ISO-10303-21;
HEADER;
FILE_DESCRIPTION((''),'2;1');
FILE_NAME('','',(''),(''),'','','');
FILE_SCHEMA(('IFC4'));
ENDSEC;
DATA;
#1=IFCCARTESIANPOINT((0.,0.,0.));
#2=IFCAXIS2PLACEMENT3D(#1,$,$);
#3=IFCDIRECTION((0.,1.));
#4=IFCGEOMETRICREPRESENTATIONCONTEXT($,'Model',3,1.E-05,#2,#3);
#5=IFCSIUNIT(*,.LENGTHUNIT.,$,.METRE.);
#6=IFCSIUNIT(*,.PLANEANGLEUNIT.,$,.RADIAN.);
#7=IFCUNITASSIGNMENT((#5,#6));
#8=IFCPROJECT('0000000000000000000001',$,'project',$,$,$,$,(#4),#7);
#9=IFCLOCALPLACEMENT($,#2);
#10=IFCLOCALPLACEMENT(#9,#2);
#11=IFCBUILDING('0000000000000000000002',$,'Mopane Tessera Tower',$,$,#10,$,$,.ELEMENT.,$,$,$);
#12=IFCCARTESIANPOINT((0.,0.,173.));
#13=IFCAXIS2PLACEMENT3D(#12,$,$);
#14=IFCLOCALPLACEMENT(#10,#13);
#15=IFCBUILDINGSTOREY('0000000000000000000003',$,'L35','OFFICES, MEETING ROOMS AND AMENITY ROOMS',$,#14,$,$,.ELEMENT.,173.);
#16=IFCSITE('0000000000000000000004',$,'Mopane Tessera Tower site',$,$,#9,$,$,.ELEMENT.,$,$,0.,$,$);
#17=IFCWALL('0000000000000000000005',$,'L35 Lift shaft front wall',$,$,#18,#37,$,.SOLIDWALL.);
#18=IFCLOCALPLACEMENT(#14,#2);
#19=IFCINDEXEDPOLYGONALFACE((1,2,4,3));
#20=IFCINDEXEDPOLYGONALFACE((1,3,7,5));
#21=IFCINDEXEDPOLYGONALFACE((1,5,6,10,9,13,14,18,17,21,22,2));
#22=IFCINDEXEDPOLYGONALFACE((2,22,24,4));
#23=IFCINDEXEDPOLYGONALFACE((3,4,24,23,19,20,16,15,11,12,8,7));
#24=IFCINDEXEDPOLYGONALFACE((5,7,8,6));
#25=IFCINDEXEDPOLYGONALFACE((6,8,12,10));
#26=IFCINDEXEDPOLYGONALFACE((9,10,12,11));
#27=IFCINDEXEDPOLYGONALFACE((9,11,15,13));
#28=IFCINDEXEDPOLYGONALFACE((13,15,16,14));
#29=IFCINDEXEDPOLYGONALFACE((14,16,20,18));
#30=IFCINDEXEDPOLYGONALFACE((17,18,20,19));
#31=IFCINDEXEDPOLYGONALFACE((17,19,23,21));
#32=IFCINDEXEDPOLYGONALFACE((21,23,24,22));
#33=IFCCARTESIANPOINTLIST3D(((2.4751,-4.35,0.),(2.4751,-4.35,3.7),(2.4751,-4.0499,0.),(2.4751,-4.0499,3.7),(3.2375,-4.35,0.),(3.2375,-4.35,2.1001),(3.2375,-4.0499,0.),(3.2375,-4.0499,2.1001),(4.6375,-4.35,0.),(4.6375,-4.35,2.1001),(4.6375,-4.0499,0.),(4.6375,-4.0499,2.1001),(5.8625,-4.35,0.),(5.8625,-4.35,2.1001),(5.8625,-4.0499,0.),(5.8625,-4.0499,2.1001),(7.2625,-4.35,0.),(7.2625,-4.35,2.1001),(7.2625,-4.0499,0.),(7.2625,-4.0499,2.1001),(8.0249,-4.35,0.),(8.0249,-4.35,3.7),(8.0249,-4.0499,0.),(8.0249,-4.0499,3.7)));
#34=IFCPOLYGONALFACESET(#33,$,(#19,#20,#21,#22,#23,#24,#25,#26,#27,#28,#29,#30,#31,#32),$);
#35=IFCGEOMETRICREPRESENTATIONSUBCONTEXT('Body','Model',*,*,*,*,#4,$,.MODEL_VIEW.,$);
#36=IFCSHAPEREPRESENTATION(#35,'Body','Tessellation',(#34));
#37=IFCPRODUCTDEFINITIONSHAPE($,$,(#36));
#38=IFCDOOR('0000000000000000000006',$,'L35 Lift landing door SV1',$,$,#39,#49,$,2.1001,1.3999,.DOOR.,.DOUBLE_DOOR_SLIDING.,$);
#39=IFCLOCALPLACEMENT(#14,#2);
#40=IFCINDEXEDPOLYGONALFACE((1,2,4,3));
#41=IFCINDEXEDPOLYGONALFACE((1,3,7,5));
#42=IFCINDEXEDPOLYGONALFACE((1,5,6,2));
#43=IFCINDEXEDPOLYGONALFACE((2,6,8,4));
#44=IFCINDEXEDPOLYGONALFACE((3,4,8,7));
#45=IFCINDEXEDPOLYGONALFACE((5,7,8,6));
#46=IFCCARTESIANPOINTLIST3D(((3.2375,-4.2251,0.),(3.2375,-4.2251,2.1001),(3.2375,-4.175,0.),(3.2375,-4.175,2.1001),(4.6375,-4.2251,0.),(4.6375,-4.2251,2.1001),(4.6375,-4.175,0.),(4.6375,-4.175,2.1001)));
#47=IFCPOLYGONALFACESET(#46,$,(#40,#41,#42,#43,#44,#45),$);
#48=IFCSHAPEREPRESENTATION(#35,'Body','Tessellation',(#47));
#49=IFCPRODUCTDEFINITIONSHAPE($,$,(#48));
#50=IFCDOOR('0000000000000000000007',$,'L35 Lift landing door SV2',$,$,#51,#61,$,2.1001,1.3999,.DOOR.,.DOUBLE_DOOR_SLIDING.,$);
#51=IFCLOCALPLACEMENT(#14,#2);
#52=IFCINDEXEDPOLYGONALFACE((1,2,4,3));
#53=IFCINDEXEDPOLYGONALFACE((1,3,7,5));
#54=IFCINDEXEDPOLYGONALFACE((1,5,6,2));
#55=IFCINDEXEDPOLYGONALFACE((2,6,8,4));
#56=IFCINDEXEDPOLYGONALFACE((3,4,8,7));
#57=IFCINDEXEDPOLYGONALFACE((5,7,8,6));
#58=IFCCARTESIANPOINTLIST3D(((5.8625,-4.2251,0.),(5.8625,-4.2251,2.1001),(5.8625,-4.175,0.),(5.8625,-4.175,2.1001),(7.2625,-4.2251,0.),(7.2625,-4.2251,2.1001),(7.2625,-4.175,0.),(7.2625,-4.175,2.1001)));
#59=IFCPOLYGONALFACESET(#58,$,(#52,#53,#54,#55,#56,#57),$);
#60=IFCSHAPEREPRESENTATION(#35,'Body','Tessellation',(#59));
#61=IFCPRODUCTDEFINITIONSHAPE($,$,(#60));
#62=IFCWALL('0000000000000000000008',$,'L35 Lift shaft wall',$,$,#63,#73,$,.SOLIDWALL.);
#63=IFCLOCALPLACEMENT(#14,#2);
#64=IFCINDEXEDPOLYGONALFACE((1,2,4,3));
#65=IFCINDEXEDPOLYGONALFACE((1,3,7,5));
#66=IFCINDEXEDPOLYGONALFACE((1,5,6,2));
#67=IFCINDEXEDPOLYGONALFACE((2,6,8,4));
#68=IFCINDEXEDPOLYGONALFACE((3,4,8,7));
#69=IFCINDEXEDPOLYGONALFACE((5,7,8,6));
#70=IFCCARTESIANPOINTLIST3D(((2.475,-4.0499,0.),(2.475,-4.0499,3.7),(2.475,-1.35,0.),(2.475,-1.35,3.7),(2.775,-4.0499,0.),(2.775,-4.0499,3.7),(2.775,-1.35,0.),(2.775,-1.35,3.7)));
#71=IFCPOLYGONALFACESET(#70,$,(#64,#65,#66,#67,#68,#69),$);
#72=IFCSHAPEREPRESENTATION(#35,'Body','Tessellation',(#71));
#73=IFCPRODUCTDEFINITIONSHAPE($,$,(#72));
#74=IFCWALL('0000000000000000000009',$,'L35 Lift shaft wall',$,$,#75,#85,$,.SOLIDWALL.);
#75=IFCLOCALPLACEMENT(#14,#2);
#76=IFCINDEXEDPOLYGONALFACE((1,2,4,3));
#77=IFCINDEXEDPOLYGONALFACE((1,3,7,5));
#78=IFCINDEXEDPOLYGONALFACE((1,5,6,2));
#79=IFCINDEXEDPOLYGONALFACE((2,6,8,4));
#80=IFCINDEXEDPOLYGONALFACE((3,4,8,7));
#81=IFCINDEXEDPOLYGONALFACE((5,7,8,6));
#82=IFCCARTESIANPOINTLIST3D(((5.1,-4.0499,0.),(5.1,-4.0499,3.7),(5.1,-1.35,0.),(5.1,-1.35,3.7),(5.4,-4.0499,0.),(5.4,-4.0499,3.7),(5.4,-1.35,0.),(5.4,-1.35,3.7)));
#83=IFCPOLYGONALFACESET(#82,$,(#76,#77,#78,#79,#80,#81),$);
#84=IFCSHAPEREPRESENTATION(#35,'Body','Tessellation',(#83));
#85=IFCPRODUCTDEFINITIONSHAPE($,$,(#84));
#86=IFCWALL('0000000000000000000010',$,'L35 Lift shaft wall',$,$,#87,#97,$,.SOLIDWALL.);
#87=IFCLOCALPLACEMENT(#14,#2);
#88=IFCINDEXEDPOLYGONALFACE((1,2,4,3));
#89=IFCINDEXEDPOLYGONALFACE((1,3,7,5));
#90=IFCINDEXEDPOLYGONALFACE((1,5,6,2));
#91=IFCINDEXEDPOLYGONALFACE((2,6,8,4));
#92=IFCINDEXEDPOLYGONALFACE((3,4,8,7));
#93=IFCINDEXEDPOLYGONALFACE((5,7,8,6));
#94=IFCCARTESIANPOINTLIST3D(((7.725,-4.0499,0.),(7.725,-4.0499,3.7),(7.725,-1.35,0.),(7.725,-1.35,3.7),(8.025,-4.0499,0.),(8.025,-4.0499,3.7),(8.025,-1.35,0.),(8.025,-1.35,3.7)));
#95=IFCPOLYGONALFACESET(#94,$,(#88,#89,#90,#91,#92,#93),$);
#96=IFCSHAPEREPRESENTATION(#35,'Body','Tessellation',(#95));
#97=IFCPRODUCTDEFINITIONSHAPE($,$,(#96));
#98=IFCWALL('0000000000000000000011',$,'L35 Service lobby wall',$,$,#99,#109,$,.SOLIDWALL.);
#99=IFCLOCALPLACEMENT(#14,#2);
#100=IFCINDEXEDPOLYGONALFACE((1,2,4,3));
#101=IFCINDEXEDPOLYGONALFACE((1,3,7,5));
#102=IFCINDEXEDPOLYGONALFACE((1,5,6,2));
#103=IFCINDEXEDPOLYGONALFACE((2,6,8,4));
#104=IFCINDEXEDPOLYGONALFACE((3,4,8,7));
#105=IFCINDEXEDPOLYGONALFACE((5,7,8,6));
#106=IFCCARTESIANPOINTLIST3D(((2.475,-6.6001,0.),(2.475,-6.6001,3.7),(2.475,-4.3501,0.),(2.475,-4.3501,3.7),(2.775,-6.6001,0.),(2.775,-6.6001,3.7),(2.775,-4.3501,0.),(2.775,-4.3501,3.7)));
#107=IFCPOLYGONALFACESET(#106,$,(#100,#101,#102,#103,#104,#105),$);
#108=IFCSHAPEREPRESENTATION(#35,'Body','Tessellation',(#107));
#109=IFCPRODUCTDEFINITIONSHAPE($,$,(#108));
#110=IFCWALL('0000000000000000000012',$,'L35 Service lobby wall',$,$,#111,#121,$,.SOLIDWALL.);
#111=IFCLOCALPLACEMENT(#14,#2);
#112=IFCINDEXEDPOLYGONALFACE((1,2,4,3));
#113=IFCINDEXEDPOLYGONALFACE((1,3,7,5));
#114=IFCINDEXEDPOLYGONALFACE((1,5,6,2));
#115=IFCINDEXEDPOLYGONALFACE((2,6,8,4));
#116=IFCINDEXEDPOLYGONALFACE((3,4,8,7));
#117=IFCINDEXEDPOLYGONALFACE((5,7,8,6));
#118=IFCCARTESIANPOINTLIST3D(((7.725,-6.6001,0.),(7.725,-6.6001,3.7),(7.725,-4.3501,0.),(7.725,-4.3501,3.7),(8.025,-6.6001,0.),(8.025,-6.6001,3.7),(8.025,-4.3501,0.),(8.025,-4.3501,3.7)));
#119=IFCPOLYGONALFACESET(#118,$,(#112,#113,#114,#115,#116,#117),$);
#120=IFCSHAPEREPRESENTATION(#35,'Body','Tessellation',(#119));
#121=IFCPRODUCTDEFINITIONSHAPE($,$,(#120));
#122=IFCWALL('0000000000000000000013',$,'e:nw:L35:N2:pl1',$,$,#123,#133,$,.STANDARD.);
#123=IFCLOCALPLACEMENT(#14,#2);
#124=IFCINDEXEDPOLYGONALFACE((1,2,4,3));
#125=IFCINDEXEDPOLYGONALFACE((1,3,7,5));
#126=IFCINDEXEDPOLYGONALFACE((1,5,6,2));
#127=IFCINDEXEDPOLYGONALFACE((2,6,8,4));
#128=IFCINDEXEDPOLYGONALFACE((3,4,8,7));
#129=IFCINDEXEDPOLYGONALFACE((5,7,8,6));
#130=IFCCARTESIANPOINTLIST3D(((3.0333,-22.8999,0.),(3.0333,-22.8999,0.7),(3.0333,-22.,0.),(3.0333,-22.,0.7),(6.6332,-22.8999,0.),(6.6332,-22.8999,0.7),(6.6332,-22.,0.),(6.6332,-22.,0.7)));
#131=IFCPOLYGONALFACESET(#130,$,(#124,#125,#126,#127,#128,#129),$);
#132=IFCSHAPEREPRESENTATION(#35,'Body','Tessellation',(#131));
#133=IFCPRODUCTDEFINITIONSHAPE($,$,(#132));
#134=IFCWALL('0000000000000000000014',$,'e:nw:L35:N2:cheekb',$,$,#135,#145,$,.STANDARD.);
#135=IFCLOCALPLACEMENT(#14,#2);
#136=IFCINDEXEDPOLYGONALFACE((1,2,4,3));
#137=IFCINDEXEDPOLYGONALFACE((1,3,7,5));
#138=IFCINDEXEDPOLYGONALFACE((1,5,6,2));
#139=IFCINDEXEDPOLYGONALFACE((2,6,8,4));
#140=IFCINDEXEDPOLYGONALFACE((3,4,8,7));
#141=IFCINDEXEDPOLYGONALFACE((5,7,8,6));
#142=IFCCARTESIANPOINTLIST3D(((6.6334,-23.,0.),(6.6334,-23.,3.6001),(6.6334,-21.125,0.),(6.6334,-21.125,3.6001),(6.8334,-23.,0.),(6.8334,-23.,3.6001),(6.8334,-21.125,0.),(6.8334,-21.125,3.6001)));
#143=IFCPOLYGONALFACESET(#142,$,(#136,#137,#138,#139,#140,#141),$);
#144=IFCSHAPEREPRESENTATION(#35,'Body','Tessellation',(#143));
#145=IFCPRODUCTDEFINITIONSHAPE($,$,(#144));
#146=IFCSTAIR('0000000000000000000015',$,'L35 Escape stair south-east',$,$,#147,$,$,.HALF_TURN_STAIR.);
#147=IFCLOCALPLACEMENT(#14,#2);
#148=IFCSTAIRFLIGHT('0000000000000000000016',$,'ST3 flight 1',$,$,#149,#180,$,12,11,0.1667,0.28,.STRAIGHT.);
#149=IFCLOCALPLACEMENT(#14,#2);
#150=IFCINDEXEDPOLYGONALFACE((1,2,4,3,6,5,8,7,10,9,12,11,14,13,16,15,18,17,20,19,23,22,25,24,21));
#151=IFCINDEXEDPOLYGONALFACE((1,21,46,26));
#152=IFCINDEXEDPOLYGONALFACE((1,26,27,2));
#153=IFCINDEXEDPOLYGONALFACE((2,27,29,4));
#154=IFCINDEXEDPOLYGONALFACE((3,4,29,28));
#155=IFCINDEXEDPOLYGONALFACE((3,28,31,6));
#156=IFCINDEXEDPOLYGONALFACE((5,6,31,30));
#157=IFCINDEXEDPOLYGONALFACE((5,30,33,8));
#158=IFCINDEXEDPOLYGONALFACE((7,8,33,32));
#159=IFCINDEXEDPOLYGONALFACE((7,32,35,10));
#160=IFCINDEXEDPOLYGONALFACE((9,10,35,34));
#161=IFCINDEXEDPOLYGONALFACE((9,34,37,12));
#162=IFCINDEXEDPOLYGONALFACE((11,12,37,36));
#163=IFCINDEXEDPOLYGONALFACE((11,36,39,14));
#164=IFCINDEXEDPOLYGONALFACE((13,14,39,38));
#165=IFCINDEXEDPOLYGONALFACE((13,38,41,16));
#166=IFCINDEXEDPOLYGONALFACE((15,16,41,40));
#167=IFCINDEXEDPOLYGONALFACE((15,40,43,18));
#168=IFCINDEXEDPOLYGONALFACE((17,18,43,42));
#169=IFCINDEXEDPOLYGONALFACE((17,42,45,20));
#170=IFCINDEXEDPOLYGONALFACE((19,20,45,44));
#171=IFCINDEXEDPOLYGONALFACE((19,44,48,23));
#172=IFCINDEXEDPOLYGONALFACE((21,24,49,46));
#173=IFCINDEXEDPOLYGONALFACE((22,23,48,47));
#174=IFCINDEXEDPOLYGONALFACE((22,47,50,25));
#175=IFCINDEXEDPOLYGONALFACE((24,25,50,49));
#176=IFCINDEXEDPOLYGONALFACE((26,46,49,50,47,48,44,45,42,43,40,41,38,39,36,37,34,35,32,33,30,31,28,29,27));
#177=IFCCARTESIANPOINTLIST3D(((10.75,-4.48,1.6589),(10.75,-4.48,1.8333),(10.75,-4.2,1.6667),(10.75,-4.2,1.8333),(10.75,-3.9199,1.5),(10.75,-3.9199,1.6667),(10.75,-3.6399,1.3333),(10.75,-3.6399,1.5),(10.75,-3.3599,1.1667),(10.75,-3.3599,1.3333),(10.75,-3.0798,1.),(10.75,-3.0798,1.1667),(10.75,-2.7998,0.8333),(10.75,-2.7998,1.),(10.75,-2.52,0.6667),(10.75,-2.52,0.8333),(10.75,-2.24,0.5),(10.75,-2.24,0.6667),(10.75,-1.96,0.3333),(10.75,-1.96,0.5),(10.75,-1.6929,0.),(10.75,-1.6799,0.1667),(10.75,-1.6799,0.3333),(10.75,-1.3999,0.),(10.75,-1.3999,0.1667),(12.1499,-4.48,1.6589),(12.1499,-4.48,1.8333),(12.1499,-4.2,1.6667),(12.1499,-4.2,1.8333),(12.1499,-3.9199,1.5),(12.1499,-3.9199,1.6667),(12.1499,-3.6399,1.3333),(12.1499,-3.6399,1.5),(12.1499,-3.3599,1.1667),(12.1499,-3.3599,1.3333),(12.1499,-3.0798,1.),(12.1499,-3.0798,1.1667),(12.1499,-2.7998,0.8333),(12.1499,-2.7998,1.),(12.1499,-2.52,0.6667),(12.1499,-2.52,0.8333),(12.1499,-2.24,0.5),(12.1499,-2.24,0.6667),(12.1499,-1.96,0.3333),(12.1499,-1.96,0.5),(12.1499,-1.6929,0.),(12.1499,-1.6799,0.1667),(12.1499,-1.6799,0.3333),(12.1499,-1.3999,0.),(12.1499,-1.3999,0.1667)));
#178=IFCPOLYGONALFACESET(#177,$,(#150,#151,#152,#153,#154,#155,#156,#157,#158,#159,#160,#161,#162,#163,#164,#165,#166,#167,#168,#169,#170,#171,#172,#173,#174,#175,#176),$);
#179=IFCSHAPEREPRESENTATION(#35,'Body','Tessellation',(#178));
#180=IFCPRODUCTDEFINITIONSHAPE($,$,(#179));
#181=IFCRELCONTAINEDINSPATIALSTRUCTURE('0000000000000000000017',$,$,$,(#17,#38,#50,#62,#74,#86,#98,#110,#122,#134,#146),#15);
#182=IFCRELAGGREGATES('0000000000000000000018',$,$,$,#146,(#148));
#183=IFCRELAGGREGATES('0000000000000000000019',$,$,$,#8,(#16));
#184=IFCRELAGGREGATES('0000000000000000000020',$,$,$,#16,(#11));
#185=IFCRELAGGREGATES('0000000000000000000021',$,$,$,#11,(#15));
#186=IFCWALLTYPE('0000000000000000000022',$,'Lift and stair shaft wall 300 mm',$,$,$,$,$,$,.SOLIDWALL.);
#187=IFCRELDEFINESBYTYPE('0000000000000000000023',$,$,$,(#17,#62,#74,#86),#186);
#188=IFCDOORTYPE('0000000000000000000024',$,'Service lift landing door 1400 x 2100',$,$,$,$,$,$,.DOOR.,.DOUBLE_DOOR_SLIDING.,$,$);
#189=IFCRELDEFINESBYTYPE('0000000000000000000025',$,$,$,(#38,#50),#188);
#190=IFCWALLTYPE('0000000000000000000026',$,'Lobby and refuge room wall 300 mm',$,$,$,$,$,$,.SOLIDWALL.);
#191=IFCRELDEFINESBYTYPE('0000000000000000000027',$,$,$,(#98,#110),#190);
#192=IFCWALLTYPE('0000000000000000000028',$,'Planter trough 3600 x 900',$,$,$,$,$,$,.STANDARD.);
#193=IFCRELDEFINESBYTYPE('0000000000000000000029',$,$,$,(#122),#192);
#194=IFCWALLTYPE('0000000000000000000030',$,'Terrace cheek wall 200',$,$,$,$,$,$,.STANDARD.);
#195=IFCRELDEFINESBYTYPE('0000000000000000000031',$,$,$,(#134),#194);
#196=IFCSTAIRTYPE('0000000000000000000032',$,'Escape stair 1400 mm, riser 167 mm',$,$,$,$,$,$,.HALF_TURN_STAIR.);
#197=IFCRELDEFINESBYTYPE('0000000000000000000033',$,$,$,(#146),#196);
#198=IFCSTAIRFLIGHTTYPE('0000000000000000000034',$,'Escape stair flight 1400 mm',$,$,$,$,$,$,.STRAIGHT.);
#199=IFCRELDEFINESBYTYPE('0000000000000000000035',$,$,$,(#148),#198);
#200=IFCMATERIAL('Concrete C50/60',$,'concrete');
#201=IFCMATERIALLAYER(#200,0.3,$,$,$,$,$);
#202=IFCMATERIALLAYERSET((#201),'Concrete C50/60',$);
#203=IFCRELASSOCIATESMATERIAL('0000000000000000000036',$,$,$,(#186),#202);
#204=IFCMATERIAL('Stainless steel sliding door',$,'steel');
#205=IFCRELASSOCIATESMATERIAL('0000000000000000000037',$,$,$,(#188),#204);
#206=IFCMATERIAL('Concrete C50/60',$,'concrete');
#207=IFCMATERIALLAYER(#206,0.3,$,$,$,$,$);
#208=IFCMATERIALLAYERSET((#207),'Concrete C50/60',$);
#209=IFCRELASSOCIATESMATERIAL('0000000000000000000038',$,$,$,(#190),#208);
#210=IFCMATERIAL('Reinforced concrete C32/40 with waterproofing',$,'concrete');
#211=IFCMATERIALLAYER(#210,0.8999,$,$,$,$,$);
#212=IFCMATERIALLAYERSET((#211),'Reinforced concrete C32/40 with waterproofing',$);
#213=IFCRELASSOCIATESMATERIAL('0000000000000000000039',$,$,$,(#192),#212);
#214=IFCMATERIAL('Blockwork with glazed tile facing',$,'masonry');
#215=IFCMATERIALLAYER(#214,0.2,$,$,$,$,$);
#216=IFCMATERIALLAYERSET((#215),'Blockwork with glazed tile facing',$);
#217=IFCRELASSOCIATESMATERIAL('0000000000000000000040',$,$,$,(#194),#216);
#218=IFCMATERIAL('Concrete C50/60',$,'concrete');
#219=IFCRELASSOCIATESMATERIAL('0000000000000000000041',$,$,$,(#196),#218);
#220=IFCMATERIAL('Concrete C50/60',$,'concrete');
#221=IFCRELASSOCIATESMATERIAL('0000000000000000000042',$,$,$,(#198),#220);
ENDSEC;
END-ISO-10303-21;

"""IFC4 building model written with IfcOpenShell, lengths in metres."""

from ifc_helpers import new_model, si_unit, direction, frame, frame_2d, origin, place, context, subcontext, project, spatial, polyline, rectangle, outline, extrude, material, layer, layer_set, type_object, element, fill, aggregate, save


model = new_model("IFC4")

# Units and contexts
model_context = context("Model", 3, precision=1e-05, world=origin(), true_north=direction((0.0, 1.0)))
body_context = subcontext(model_context, "Body", "Model", "MODEL_VIEW")
ifc_project = project(units=[si_unit("LENGTHUNIT", "METRE"), si_unit("PLANEANGLEUNIT", "RADIAN")], contexts=[model_context])

# Site, building, storey
site_placement = place(None, origin())
site = spatial("IfcSite", under=ifc_project, at=site_placement, Name="Mopane Tessera Tower site", CompositionType="ELEMENT", RefElevation=0.0)
building_placement = place(site_placement, origin())
building = spatial("IfcBuilding", under=site, at=building_placement, Name="Mopane Tessera Tower", CompositionType="ELEMENT")
storey_placement = place(building_placement, frame((0.0, 0.0, 173.0)))
storey = spatial("IfcBuildingStorey", under=building, at=storey_placement, Name="L35", Description="OFFICES, MEETING ROOMS AND AMENITY ROOMS", CompositionType="ELEMENT", Elevation=173.0)

# Shared definitions
ifc_material_1 = material(Name="Concrete C50/60", Category="concrete")
ifc_layer_1 = layer(ifc_material_1, 0.3)
ifc_layer_set_1 = layer_set([ifc_layer_1], Name="Concrete C50/60")
wall_type_1 = type_object("IfcWallType", Name="Lift and stair shaft wall 300 mm", PredefinedType="SOLIDWALL", material=ifc_layer_set_1)

# Wall, openings, doors
wall_1_placement = place(storey_placement, frame((2.4751, -4.2, 0.0), z_axis=(0.0, 0.0, 1.0), x_axis=(1.0, 0.0, 0.0)))
wall_1 = element("IfcWall", 1, at=wall_1_placement, inside=storey, type_object=wall_type_1, Name="L35 Lift shaft front wall", PredefinedType="SOLIDWALL", context=body_context, shape_type="SweptSolid", body=[
    extrude(rectangle(XDim=5.5498, YDim=0.3, at=frame_2d((2.7749, 0.0))), origin(), (0.0, 0.0, 1.0), 3.7),
])
opening_1_placement = place(wall_1_placement, frame((0.7625, 0.0, 0.0)))
opening_1 = element("IfcOpeningElement", 2, at=opening_1_placement, cuts=wall_1, PredefinedType="OPENING", context=body_context, shape_type="SweptSolid", body=[
    extrude(rectangle(XDim=1.3999, YDim=2.1001, at=frame_2d((0.7, 1.05))), frame((0.0, 0.1621, 0.0), z_axis=(0.0, -1.0, 0.0), x_axis=(1.0, 0.0, 0.0)), (0.0, 0.0, 1.0), 0.324),
])
opening_2_placement = place(wall_1_placement, frame((3.3875, 0.0, 0.0)))
opening_2 = element("IfcOpeningElement", 3, at=opening_2_placement, cuts=wall_1, PredefinedType="OPENING", context=body_context, shape_type="SweptSolid", body=[
    extrude(rectangle(XDim=1.3999, YDim=2.1001, at=frame_2d((0.7, 1.05))), frame((0.0, 0.1621, 0.0), z_axis=(0.0, -1.0, 0.0), x_axis=(1.0, 0.0, 0.0)), (0.0, 0.0, 1.0), 0.324),
])
ifc_material_2 = material(Name="Stainless steel sliding door", Category="steel")
door_type = type_object("IfcDoorType", Name="Service lift landing door 1400 x 2100", OperationType="DOUBLE_DOOR_SLIDING", PredefinedType="DOOR", material=ifc_material_2)
door_1_placement = place(opening_1_placement, origin())
door_1 = element("IfcDoor", 4, at=door_1_placement, inside=storey, type_object=door_type, Name="L35 Lift landing door SV1", OperationType="DOUBLE_DOOR_SLIDING", OverallHeight=2.1001, OverallWidth=1.3999, PredefinedType="DOOR", context=body_context, shape_type="SweptSolid", body=[
    extrude(rectangle(XDim=1.3999, YDim=2.1001, at=frame_2d((0.7, 1.05))), frame((0.0, 0.0249, 0.0), z_axis=(0.0, -1.0, 0.0), x_axis=(1.0, 0.0, 0.0)), (0.0, 0.0, 1.0), 0.05),
])
fill(opening_1, door_1)
door_2_placement = place(opening_2_placement, origin())
door_2 = element("IfcDoor", 5, at=door_2_placement, inside=storey, type_object=door_type, Name="L35 Lift landing door SV2", OperationType="DOUBLE_DOOR_SLIDING", OverallHeight=2.1001, OverallWidth=1.3999, PredefinedType="DOOR", context=body_context, shape_type="SweptSolid", body=[
    extrude(rectangle(XDim=1.3999, YDim=2.1001, at=frame_2d((0.7, 1.05))), frame((0.0, 0.0249, 0.0), z_axis=(0.0, -1.0, 0.0), x_axis=(1.0, 0.0, 0.0)), (0.0, 0.0, 1.0), 0.05),
])
fill(opening_2, door_2)

# Walls
for number, where, z_axis, x_axis, name in (
    (6, (2.625, -4.05, 0.0), (0.0, 0.0, 1.0), (0.0, 1.0, 0.0), "L35 Lift shaft wall"),
    (7, (5.25, -4.05, 0.0), (0.0, 0.0, 1.0), (0.0, 1.0, 0.0), "L35 Lift shaft wall"),
    (8, (7.875, -4.05, 0.0), (0.0, 0.0, 1.0), (0.0, 1.0, 0.0), "L35 Lift shaft wall"),
):
    element("IfcWall", number, at=place(storey_placement, frame(where, z_axis=z_axis, x_axis=x_axis)), inside=storey, type_object=wall_type_1, Name=name, PredefinedType="SOLIDWALL", context=body_context, shape_type="SweptSolid", body=[
        extrude(rectangle(XDim=2.7, YDim=0.3, at=frame_2d((1.3501, 0.0))), origin(), (0.0, 0.0, 1.0), 3.7),
    ])
ifc_material_3 = material(Name="Concrete C50/60", Category="concrete")
ifc_layer_2 = layer(ifc_material_3, 0.3)
ifc_layer_set_2 = layer_set([ifc_layer_2], Name="Concrete C50/60")
wall_type_2 = type_object("IfcWallType", Name="Lobby and refuge room wall 300 mm", PredefinedType="SOLIDWALL", material=ifc_layer_set_2)
for number, where, z_axis, x_axis, name in (
    (9, (2.625, -6.6001, 0.0), (0.0, 0.0, 1.0), (0.0, 1.0, 0.0), "L35 Service lobby wall"),
    (10, (7.875, -6.6001, 0.0), (0.0, 0.0, 1.0), (0.0, 1.0, 0.0), "L35 Service lobby wall"),
):
    element("IfcWall", number, at=place(storey_placement, frame(where, z_axis=z_axis, x_axis=x_axis)), inside=storey, type_object=wall_type_2, Name=name, PredefinedType="SOLIDWALL", context=body_context, shape_type="SweptSolid", body=[
        extrude(rectangle(XDim=2.25, YDim=0.3, at=frame_2d((1.125, 0.0))), origin(), (0.0, 0.0, 1.0), 3.7),
    ])
ifc_material_4 = material(Name="Reinforced concrete C32/40 with waterproofing", Category="concrete")
ifc_layer_3 = layer(ifc_material_4, 0.8999)
ifc_layer_set_3 = layer_set([ifc_layer_3], Name="Reinforced concrete C32/40 with waterproofing")
wall_type_3 = type_object("IfcWallType", Name="Planter trough 3600 x 900", PredefinedType="STANDARD", material=ifc_layer_set_3)
wall_2_placement = place(storey_placement, frame((3.0334, -22.45, 0.0), z_axis=(0.0, 0.0, 1.0), x_axis=(1.0, 0.0, 0.0)))
element("IfcWall", 11, at=wall_2_placement, inside=storey, type_object=wall_type_3, Name="e:nw:L35:N2:pl1", PredefinedType="STANDARD", context=body_context, shape_type="SweptSolid", body=[
    extrude(rectangle(XDim=3.5999, YDim=0.8999, at=frame_2d((1.7998, 0.0))), origin(), (0.0, 0.0, 1.0), 0.7),
])
ifc_material_5 = material(Name="Blockwork with glazed tile facing", Category="masonry")
ifc_layer_4 = layer(ifc_material_5, 0.2)
ifc_layer_set_4 = layer_set([ifc_layer_4], Name="Blockwork with glazed tile facing")
wall_type_4 = type_object("IfcWallType", Name="Terrace cheek wall 200", PredefinedType="STANDARD", material=ifc_layer_set_4)
wall_3_placement = place(storey_placement, frame((6.7334, -23.0, 0.0), z_axis=(0.0, 0.0, 1.0), x_axis=(0.0, 1.0, 0.0)))
element("IfcWall", 12, at=wall_3_placement, inside=storey, type_object=wall_type_4, Name="e:nw:L35:N2:cheekb", PredefinedType="STANDARD", context=body_context, shape_type="SweptSolid", body=[
    extrude(rectangle(XDim=1.875, YDim=0.2, at=frame_2d((0.9375, 0.0))), origin(), (0.0, 0.0, 1.0), 3.6001),
])

# Stair, stair flight
ifc_material_6 = material(Name="Concrete C50/60", Category="concrete")
stair_type = type_object("IfcStairType", Name="Escape stair 1400 mm, riser 167 mm", PredefinedType="HALF_TURN_STAIR", material=ifc_material_6)
stair_placement = place(storey_placement, origin())
stair = element("IfcStair", 13, at=stair_placement, inside=storey, type_object=stair_type, Name="L35 Escape stair south-east", PredefinedType="HALF_TURN_STAIR")
ifc_material_7 = material(Name="Concrete C50/60", Category="concrete")
stair_flight_type = type_object("IfcStairFlightType", Name="Escape stair flight 1400 mm", PredefinedType="STRAIGHT", material=ifc_material_7)
stair_flight_placement = place(storey_placement, frame((11.45, -1.3999, 0.0), z_axis=(0.0, 0.0, 1.0), x_axis=(0.0, -1.0, 0.0)))
stair_flight = element("IfcStairFlight", 14, at=stair_flight_placement, type_object=stair_flight_type, Name="ST3 flight 1", NumberOfRisers=12, NumberOfTreads=11, PredefinedType="STRAIGHT", RiserHeight=0.1667, TreadLength=0.28, context=body_context, shape_type="SweptSolid", body=[
    extrude(outline(polyline([(0.0, 0.0), (0.0, 0.1667), (0.28, 0.1667), (0.28, 0.3333), (0.5601, 0.3333), (0.5601, 0.5), (0.8401, 0.5), (0.8401, 0.6667), (1.1201, 0.6667), (1.1201, 0.8333), (1.3999, 0.8333), (1.3999, 1.0), (1.6799, 1.0), (1.6799, 1.1667), (1.96, 1.1667), (1.96, 1.3333), (2.24, 1.3333), (2.24, 1.5), (2.52, 1.5), (2.52, 1.6667), (2.8, 1.6667), (2.8, 1.8333), (3.0801, 1.8333), (3.0801, 2.0), (3.0801, 1.6589), (0.293, 0.0), (0.0, 0.0)])), frame((0.0, 0.7, 0.0), z_axis=(0.0, -1.0, 0.0), x_axis=(1.0, 0.0, 0.0)), (0.0, 0.0, 1.0), 1.3999),
])
aggregate(stair, [stair_flight])

save(model, "model.ifc")
